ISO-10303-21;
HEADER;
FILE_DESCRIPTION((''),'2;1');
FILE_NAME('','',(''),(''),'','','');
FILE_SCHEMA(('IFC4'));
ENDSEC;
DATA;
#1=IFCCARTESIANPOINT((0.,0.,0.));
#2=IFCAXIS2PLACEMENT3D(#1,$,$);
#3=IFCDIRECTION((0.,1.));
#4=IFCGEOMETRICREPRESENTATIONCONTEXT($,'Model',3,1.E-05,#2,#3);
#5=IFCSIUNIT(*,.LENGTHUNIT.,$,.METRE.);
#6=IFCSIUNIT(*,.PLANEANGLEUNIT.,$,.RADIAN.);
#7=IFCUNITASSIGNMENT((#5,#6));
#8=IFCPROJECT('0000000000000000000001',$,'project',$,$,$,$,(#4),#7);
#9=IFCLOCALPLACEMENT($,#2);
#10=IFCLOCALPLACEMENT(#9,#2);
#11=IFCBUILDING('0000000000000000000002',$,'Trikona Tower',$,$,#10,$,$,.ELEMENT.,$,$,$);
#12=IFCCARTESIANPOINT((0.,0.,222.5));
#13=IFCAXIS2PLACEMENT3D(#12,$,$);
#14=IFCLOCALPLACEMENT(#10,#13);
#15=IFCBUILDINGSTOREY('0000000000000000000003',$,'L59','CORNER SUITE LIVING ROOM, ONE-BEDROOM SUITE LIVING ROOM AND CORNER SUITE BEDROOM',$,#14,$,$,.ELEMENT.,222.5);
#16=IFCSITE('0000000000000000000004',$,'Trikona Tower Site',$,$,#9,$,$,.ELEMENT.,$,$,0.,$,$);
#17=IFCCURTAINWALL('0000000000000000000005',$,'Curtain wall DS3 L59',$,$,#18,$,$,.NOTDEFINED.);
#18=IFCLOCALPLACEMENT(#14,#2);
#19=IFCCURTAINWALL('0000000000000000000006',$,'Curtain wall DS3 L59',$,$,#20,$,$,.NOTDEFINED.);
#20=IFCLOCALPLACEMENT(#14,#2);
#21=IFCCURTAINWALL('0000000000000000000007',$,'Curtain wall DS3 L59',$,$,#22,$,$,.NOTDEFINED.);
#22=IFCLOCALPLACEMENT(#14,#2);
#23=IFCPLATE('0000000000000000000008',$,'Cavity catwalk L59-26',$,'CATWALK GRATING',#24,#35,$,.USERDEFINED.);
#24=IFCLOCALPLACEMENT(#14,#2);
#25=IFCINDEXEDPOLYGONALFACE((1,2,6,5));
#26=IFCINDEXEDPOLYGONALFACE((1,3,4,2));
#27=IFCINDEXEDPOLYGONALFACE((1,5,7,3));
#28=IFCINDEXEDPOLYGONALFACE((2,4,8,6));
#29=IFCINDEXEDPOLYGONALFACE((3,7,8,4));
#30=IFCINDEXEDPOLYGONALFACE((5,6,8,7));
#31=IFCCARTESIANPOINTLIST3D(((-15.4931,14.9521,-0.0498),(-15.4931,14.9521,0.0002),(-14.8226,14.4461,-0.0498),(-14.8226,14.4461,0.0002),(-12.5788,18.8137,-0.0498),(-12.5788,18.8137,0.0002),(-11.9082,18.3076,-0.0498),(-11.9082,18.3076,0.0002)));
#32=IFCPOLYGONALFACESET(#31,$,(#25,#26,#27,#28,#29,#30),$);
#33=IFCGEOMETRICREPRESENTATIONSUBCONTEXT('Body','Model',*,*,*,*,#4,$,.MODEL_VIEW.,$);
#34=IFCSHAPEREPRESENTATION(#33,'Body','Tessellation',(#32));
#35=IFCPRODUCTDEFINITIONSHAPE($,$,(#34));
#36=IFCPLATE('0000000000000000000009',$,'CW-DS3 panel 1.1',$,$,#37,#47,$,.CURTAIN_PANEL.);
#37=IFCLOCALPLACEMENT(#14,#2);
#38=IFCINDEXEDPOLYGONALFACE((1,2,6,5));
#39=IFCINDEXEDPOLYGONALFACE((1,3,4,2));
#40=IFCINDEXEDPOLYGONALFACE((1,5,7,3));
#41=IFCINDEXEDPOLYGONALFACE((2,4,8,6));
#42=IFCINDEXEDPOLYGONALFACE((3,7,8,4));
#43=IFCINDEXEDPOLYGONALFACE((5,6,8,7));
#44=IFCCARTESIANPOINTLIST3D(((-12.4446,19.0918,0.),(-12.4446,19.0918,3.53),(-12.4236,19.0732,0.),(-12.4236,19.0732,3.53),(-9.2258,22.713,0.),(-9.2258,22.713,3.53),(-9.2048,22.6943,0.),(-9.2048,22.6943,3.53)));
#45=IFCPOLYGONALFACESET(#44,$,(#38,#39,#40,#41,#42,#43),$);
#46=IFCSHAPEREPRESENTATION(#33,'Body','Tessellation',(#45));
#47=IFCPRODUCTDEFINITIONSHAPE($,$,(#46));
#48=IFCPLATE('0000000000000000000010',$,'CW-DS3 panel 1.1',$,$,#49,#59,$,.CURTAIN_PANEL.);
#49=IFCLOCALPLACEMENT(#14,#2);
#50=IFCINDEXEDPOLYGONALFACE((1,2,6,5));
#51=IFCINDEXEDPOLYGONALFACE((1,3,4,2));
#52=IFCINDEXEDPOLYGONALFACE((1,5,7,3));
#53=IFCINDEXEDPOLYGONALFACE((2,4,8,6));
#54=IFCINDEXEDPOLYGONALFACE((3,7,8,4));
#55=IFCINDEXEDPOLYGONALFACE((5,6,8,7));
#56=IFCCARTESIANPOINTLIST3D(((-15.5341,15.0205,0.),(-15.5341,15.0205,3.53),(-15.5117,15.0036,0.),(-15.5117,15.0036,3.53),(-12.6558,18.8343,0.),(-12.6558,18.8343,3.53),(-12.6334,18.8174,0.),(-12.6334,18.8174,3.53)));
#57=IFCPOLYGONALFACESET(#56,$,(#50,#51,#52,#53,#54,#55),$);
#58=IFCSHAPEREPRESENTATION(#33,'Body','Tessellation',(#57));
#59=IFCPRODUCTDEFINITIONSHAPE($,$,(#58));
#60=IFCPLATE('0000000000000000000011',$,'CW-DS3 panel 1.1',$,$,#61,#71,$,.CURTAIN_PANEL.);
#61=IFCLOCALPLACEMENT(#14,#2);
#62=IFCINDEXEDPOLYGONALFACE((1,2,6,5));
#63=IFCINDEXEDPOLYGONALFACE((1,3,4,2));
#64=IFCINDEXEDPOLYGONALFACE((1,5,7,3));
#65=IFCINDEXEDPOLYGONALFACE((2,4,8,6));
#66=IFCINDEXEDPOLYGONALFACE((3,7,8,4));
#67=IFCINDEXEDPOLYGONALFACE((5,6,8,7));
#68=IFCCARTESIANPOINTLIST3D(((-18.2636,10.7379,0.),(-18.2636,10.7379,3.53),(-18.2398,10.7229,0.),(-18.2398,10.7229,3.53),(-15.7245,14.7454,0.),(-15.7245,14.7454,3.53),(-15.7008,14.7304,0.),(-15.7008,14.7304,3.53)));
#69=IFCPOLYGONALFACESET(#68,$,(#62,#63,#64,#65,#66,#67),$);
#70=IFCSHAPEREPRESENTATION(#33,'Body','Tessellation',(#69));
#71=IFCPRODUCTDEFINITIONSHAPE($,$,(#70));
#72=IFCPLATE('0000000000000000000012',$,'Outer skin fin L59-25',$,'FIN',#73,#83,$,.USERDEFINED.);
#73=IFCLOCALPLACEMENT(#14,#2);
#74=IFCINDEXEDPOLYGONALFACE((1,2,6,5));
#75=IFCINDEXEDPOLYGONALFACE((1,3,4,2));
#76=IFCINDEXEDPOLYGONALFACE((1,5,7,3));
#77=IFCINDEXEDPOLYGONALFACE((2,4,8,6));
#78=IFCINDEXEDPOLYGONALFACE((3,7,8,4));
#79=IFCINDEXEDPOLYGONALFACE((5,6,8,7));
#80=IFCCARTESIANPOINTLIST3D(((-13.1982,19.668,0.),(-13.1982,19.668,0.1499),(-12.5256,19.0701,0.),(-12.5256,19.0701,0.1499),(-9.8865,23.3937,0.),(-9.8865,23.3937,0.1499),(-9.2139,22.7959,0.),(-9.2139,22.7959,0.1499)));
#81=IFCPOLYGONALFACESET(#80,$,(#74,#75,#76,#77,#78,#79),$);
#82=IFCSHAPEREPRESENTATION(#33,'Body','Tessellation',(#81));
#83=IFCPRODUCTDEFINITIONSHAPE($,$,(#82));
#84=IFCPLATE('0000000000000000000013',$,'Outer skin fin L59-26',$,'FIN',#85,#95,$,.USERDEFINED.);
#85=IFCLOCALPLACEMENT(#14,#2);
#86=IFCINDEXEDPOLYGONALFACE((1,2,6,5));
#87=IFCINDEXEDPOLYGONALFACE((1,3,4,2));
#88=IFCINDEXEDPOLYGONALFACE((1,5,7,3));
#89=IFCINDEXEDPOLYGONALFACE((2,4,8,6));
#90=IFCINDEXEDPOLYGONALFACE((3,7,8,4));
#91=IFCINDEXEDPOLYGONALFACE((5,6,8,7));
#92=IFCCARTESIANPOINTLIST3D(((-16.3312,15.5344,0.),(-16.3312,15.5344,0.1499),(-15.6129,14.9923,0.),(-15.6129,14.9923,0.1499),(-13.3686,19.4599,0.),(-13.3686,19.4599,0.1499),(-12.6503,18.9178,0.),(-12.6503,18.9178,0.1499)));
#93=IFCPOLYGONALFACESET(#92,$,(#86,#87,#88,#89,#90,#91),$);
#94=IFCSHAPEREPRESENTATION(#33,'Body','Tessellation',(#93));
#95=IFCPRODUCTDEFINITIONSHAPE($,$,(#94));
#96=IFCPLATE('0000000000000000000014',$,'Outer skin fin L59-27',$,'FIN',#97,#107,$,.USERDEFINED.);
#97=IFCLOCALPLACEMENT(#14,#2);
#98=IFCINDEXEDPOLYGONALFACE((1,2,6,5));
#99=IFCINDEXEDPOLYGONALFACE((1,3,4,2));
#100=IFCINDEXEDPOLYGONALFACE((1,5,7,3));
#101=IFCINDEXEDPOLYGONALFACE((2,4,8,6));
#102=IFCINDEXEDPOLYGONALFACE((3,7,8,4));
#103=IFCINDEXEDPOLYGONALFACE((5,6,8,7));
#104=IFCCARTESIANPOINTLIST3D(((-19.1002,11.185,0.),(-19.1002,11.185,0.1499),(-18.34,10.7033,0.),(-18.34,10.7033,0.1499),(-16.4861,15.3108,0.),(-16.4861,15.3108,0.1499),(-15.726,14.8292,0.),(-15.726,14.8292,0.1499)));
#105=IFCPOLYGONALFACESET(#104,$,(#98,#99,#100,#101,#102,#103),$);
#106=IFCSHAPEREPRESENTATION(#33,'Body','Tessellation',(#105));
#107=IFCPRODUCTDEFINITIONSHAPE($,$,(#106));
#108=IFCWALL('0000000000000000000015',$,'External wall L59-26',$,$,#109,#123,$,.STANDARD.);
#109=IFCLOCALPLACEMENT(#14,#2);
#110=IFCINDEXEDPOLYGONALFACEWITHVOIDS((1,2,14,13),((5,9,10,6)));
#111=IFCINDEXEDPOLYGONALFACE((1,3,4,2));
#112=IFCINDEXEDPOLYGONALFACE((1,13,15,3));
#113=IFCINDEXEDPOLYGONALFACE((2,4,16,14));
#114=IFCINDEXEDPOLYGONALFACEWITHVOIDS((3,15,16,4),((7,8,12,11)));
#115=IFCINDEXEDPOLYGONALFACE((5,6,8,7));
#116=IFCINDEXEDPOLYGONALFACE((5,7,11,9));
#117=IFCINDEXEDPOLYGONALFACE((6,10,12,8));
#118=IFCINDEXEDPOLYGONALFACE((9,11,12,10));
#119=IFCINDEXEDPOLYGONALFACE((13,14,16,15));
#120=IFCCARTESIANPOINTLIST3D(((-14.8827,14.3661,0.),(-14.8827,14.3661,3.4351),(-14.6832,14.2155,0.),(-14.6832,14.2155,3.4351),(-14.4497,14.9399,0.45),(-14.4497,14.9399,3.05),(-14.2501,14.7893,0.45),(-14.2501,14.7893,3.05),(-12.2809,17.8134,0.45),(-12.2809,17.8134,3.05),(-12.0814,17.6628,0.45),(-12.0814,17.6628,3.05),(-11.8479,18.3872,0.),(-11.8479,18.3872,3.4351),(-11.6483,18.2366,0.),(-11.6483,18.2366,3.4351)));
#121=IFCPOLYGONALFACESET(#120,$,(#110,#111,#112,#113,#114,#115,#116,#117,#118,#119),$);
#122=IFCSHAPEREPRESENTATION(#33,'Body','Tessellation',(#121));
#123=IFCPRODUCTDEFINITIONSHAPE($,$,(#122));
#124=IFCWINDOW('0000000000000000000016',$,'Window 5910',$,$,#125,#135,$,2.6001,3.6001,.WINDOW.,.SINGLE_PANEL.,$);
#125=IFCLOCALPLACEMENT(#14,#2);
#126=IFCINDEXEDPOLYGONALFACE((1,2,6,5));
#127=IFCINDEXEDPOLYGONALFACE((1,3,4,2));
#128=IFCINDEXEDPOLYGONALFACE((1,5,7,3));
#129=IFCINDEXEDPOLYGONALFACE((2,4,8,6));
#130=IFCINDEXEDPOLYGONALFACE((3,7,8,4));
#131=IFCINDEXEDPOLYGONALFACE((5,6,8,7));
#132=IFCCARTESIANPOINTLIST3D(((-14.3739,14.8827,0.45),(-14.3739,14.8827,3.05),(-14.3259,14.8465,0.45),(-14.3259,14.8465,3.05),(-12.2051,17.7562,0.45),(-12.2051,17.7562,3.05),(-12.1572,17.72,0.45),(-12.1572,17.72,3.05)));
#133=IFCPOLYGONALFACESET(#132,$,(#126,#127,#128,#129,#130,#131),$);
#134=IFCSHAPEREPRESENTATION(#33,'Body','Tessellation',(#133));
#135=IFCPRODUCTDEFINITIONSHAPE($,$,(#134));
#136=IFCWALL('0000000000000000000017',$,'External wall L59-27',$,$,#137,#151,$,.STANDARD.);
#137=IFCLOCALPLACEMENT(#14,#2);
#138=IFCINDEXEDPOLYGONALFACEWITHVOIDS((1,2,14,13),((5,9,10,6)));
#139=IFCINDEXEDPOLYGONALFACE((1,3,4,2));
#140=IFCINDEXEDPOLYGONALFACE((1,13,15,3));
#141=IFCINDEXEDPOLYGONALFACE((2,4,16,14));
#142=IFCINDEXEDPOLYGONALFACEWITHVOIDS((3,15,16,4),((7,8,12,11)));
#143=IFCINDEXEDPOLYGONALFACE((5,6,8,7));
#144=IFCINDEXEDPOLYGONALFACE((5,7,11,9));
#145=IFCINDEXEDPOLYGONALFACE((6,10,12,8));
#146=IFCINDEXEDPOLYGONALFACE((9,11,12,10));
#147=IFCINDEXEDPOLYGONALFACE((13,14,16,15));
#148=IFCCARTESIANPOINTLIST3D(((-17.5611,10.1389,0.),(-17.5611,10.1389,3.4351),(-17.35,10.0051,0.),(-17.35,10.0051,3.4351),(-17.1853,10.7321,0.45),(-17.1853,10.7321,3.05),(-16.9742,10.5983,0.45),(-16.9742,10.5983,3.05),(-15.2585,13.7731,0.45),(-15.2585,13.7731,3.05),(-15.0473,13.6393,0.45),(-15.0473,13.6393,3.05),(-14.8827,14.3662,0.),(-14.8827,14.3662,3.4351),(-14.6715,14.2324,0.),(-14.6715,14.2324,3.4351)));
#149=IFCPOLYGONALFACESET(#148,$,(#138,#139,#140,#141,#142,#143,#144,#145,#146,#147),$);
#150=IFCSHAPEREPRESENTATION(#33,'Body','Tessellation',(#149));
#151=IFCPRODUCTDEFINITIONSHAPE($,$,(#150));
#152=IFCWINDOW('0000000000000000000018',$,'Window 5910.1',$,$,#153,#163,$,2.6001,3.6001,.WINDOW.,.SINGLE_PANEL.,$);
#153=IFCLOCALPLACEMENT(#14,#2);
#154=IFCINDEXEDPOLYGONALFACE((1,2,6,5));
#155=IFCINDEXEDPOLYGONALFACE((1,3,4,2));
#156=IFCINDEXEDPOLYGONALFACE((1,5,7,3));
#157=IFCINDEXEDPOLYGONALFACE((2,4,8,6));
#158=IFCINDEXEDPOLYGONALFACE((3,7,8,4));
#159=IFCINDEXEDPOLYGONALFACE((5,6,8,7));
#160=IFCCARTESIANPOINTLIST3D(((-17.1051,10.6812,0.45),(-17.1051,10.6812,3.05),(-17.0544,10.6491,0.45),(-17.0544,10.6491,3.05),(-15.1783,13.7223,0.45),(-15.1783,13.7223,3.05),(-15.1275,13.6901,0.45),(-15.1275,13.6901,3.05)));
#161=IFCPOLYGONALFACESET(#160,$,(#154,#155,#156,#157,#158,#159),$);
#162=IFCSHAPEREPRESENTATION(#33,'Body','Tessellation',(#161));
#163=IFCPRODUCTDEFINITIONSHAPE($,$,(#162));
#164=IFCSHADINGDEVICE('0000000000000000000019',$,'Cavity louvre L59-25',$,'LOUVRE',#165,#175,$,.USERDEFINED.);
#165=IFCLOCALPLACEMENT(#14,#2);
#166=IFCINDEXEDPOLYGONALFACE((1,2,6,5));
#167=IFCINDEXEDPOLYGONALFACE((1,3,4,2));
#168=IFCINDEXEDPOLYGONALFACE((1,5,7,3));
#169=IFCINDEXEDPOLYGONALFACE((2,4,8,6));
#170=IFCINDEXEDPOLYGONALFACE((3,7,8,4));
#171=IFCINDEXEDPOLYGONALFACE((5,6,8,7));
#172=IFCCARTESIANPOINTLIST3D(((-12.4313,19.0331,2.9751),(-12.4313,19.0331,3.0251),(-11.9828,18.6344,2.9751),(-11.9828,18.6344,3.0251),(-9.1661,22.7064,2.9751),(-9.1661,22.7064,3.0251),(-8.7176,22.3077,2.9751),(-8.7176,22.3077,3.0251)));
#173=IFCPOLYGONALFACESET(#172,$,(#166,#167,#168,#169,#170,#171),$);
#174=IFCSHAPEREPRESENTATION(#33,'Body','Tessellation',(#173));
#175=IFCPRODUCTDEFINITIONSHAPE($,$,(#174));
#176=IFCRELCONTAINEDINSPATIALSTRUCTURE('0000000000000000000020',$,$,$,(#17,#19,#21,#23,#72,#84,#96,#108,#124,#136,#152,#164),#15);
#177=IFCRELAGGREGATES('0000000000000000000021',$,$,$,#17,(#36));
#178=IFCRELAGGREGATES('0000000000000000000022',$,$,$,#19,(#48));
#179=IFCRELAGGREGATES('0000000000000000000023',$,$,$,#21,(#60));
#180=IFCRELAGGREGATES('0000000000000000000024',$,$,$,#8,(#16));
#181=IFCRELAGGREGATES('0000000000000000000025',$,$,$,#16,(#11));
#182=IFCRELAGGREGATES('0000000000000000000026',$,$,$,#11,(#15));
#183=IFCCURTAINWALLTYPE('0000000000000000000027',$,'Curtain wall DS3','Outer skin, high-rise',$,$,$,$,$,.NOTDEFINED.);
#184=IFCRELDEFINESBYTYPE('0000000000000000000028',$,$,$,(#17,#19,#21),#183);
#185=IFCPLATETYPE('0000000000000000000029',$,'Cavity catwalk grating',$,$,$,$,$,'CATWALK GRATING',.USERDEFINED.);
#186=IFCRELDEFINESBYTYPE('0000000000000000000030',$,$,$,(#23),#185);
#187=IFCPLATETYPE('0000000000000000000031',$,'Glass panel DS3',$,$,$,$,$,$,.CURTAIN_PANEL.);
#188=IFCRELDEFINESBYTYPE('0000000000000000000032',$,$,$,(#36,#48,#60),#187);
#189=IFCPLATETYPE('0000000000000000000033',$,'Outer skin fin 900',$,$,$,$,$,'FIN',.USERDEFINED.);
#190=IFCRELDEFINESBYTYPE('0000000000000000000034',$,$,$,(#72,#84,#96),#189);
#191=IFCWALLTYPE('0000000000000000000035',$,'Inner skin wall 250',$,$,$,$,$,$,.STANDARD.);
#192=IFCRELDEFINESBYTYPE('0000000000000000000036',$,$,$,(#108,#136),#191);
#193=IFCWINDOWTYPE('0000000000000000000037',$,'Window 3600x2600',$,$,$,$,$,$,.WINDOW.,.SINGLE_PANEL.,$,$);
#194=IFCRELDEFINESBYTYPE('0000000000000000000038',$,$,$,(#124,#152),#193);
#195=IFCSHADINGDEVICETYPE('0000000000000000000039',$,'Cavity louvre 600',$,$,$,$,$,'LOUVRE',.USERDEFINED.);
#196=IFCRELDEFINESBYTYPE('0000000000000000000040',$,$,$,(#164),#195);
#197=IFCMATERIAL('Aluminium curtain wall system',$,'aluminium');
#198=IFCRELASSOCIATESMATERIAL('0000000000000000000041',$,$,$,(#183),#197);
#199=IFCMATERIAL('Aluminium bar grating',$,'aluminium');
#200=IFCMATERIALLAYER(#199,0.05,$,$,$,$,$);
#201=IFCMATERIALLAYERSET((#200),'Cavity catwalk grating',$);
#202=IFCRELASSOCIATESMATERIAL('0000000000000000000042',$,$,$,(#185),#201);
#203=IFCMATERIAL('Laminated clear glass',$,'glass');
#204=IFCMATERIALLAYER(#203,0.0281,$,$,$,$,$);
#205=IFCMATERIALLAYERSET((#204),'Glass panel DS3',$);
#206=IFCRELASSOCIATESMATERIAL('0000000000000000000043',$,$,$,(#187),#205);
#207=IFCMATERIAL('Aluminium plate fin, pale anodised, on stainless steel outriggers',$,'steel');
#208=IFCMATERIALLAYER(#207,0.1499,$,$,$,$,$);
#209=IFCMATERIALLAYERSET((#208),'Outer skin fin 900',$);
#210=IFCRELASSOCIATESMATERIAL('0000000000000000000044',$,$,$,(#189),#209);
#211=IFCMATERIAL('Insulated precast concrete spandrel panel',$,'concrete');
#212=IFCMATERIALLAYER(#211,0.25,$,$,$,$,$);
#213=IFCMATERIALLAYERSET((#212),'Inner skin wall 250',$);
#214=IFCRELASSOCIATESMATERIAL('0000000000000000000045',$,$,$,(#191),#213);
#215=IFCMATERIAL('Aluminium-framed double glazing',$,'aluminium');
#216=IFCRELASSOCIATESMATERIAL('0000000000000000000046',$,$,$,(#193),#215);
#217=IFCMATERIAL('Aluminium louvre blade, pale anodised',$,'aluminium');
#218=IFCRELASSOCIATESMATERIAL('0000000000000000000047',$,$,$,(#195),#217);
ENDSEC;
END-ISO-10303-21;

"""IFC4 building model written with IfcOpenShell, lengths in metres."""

from ifc_helpers import new_model, si_unit, direction, frame, frame_2d, origin, origin_2d, place, context, subcontext, project, spatial, rectangle, extrude, material, layer, layer_set, type_object, element, fill, aggregate, save


model = new_model("IFC4")

# Units and contexts
model_context = context("Model", 3, precision=1e-05, world=origin(), true_north=direction((0.0, 1.0)))
body_context = subcontext(model_context, "Body", "Model", "MODEL_VIEW")
ifc_project = project(units=[si_unit("LENGTHUNIT", "METRE"), si_unit("PLANEANGLEUNIT", "RADIAN")], contexts=[model_context])

# Site, building, storey
site_placement = place(None, origin())
site = spatial("IfcSite", under=ifc_project, at=site_placement, Name="Trikona Tower Site", CompositionType="ELEMENT", RefElevation=0.0)
building_placement = place(site_placement, origin())
building = spatial("IfcBuilding", under=site, at=building_placement, Name="Trikona Tower", CompositionType="ELEMENT")
storey_placement = place(building_placement, frame((0.0, 0.0, 222.5)))
storey = spatial("IfcBuildingStorey", under=building, at=storey_placement, Name="L59", Description="CORNER SUITE LIVING ROOM, ONE-BEDROOM SUITE LIVING ROOM AND CORNER SUITE BEDROOM", CompositionType="ELEMENT", Elevation=222.5)

# Shared definitions
ifc_material_1 = material(Name="Aluminium curtain wall system", Category="aluminium")
curtain_wall_type = type_object("IfcCurtainWallType", Name="Curtain wall DS3", Description="Outer skin, high-rise", PredefinedType="NOTDEFINED", material=ifc_material_1)

# Curtain walls
curtain_wall_1_placement = place(storey_placement, origin())
curtain_wall_1 = element("IfcCurtainWall", 1, at=curtain_wall_1_placement, inside=storey, type_object=curtain_wall_type, Name="Curtain wall DS3 L59", PredefinedType="NOTDEFINED")
curtain_wall_2_placement = place(storey_placement, origin())
curtain_wall_2 = element("IfcCurtainWall", 2, at=curtain_wall_2_placement, inside=storey, type_object=curtain_wall_type, Name="Curtain wall DS3 L59", PredefinedType="NOTDEFINED")

# Curtain wall
curtain_wall_3_placement = place(storey_placement, origin())
curtain_wall_3 = element("IfcCurtainWall", 3, at=curtain_wall_3_placement, inside=storey, type_object=curtain_wall_type, Name="Curtain wall DS3 L59", PredefinedType="NOTDEFINED")

# Plate
ifc_material_2 = material(Name="Aluminium bar grating", Category="aluminium")
ifc_layer_1 = layer(ifc_material_2, 0.05)
ifc_layer_set_1 = layer_set([ifc_layer_1], Name="Cavity catwalk grating")
plate_type_1 = type_object("IfcPlateType", Name="Cavity catwalk grating", ElementType="CATWALK GRATING", PredefinedType="USERDEFINED", material=ifc_layer_set_1)
plate_1_placement = place(storey_placement, frame((-13.7007, 16.6299, -0.0498), z_axis=(0.0, 0.0, 1.0), x_axis=(-0.602402, -0.798193, 0.0)))
element("IfcPlate", 4, at=plate_1_placement, inside=storey, type_object=plate_type_1, Name="Cavity catwalk L59-26", ObjectType="CATWALK GRATING", PredefinedType="USERDEFINED", context=body_context, shape_type="SweptSolid", body=[
    extrude(rectangle(XDim=4.8379, YDim=0.8401, at=origin_2d()), origin(), (0.0, 0.0, 1.0), 0.05),
])

# Plates
ifc_material_3 = material(Name="Laminated clear glass", Category="glass")
ifc_layer_2 = layer(ifc_material_3, 0.0281)
ifc_layer_set_2 = layer_set([ifc_layer_2], Name="Glass panel DS3")
plate_type_2 = type_object("IfcPlateType", Name="Glass panel DS3", PredefinedType="CURTAIN_PANEL", material=ifc_layer_set_2)
plate_2_placement = place(storey_placement, frame((-10.8247, 20.8931, 0.0), z_axis=(0.0, 0.0, 1.0), x_axis=(-0.664371, -0.747403, 0.0)))
plate_2 = element("IfcPlate", 5, at=plate_2_placement, type_object=plate_type_2, Name="CW-DS3 panel 1.1", PredefinedType="CURTAIN_PANEL", context=body_context, shape_type="SweptSolid", body=[
    extrude(rectangle(XDim=4.845, YDim=0.0281, at=origin_2d()), origin(), (0.0, 0.0, 1.0), 3.53),
])
aggregate(curtain_wall_1, [plate_2])
plate_3_placement = place(storey_placement, frame((-14.0837, 16.9189, 0.0), z_axis=(0.0, 0.0, 1.0), x_axis=(-0.602402, -0.798193, 0.0)))
plate_3 = element("IfcPlate", 6, at=plate_3_placement, type_object=plate_type_2, Name="CW-DS3 panel 1.1", PredefinedType="CURTAIN_PANEL", context=body_context, shape_type="SweptSolid", body=[
    extrude(rectangle(XDim=4.7781, YDim=0.0281, at=origin_2d()), origin(), (0.0, 0.0, 1.0), 3.53),
])
aggregate(curtain_wall_2, [plate_3])
plate_4_placement = place(storey_placement, frame((-16.9822, 12.7341, 0.0), z_axis=(0.0, 0.0, 1.0), x_axis=(-0.535197, -0.844727, 0.0)))
plate_4 = element("IfcPlate", 7, at=plate_4_placement, type_object=plate_type_2, Name="CW-DS3 panel 1.1", PredefinedType="CURTAIN_PANEL", context=body_context, shape_type="SweptSolid", body=[
    extrude(rectangle(XDim=4.7441, YDim=0.0281, at=origin_2d()), origin(), (0.0, 0.0, 1.0), 3.53),
])
aggregate(curtain_wall_3, [plate_4])

# Plates
ifc_material_4 = material(Name="Aluminium plate fin, pale anodised, on stainless steel outriggers", Category="steel")
ifc_layer_3 = layer(ifc_material_4, 0.1499)
ifc_layer_set_3 = layer_set([ifc_layer_3], Name="Outer skin fin 900")
plate_type_3 = type_object("IfcPlateType", Name="Outer skin fin 900", ElementType="FIN", PredefinedType="USERDEFINED", material=ifc_layer_set_3)
plate_5_placement = place(storey_placement, frame((-11.2061, 21.2319, 0.0), z_axis=(0.0, 0.0, 1.0), x_axis=(-0.664367, -0.747406, 0.0)))
element("IfcPlate", 8, at=plate_5_placement, inside=storey, type_object=plate_type_3, Name="Outer skin fin L59-25", ObjectType="FIN", PredefinedType="USERDEFINED", context=body_context, shape_type="SweptSolid", body=[
    extrude(rectangle(XDim=4.9849, YDim=0.8999, at=origin_2d()), origin(), (0.0, 0.0, 1.0), 0.1499),
])
plate_6_placement = place(storey_placement, frame((-14.4907, 17.2261, 0.0), z_axis=(0.0, 0.0, 1.0), x_axis=(-0.602402, -0.798193, 0.0)))
element("IfcPlate", 9, at=plate_6_placement, inside=storey, type_object=plate_type_3, Name="Outer skin fin L59-26", ObjectType="FIN", PredefinedType="USERDEFINED", context=body_context, shape_type="SweptSolid", body=[
    extrude(rectangle(XDim=4.918, YDim=0.8999, at=origin_2d()), origin(), (0.0, 0.0, 1.0), 0.1499),
])
plate_7_placement = place(storey_placement, frame((-17.4131, 13.0071, 0.0), z_axis=(0.0, 0.0, 1.0), x_axis=(-0.535205, -0.844722, 0.0)))
element("IfcPlate", 10, at=plate_7_placement, inside=storey, type_object=plate_type_3, Name="Outer skin fin L59-27", ObjectType="FIN", PredefinedType="USERDEFINED", context=body_context, shape_type="SweptSolid", body=[
    extrude(rectangle(XDim=4.8843, YDim=0.8999, at=origin_2d()), origin(), (0.0, 0.0, 1.0), 0.1499),
])

# Walls, openings, windows
ifc_material_5 = material(Name="Insulated precast concrete spandrel panel", Category="concrete")
ifc_layer_4 = layer(ifc_material_5, 0.25)
ifc_layer_set_4 = layer_set([ifc_layer_4], Name="Inner skin wall 250")
wall_type = type_object("IfcWallType", Name="Inner skin wall 250", PredefinedType="STANDARD", material=ifc_layer_set_4)
wall_1_placement = place(storey_placement, frame((-11.748, 18.312, 0.0), z_axis=(0.0, 0.0, 1.0), x_axis=(-0.602409, -0.798188, 0.0)))
wall_1 = element("IfcWall", 11, at=wall_1_placement, inside=storey, type_object=wall_type, Name="External wall L59-26", PredefinedType="STANDARD", context=body_context, shape_type="SweptSolid", body=[
    extrude(rectangle(XDim=5.0378, YDim=0.25, at=frame_2d((2.519, 0.0))), origin(), (0.0, 0.0, 1.0), 3.4351),
])
opening_1_placement = place(wall_1_placement, frame((0.719, 0.0, 0.45)))
opening_1 = element("IfcOpeningElement", 12, at=opening_1_placement, cuts=wall_1, PredefinedType="OPENING", context=body_context, shape_type="SweptSolid", body=[
    extrude(rectangle(XDim=3.6001, YDim=2.6001, at=frame_2d((1.8, 1.3))), frame((0.0, 0.135, 0.0), z_axis=(0.0, -1.0, 0.0), x_axis=(1.0, 0.0, 0.0)), (0.0, 0.0, 1.0), 0.27),
])
ifc_material_6 = material(Name="Aluminium-framed double glazing", Category="aluminium")
window_type = type_object("IfcWindowType", Name="Window 3600x2600", PartitioningType="SINGLE_PANEL", PredefinedType="WINDOW", material=ifc_material_6)
window_1_placement = place(opening_1_placement, origin())
window_1 = element("IfcWindow", 13, at=window_1_placement, inside=storey, type_object=window_type, Name="Window 5910", OverallHeight=2.6001, OverallWidth=3.6001, PartitioningType="SINGLE_PANEL", PredefinedType="WINDOW", context=body_context, shape_type="SweptSolid", body=[
    extrude(rectangle(XDim=3.6001, YDim=2.6001, at=frame_2d((1.8, 1.3))), frame((0.0, 0.03, 0.0), z_axis=(0.0, -1.0, 0.0), x_axis=(1.0, 0.0, 0.0)), (0.0, 0.0, 1.0), 0.0601),
])
fill(opening_1, window_1)
wall_2_placement = place(storey_placement, frame((-14.7771, 14.2993, 0.0), z_axis=(0.0, 0.0, 1.0), x_axis=(-0.53522, -0.844712, 0.0)))
wall_2 = element("IfcWall", 14, at=wall_2_placement, inside=storey, type_object=wall_type, Name="External wall L59-27", PredefinedType="STANDARD", context=body_context, shape_type="SweptSolid", body=[
    extrude(rectangle(XDim=5.0044, YDim=0.25, at=frame_2d((2.5022, 0.0))), origin(), (0.0, 0.0, 1.0), 3.4351),
])
opening_2_placement = place(wall_2_placement, frame((0.7021, 0.0, 0.45)))
opening_2 = element("IfcOpeningElement", 15, at=opening_2_placement, cuts=wall_2, PredefinedType="OPENING", context=body_context, shape_type="SweptSolid", body=[
    extrude(rectangle(XDim=3.6001, YDim=2.6001, at=frame_2d((1.8, 1.3))), frame((0.0, 0.135, 0.0), z_axis=(0.0, -1.0, 0.0), x_axis=(1.0, 0.0, 0.0)), (0.0, 0.0, 1.0), 0.27),
])
window_2_placement = place(opening_2_placement, origin())
window_2 = element("IfcWindow", 16, at=window_2_placement, inside=storey, type_object=window_type, Name="Window 5910.1", OverallHeight=2.6001, OverallWidth=3.6001, PartitioningType="SINGLE_PANEL", PredefinedType="WINDOW", context=body_context, shape_type="SweptSolid", body=[
    extrude(rectangle(XDim=3.6001, YDim=2.6001, at=frame_2d((1.8, 1.3))), frame((0.0, 0.03, 0.0), z_axis=(0.0, -1.0, 0.0), x_axis=(1.0, 0.0, 0.0)), (0.0, 0.0, 1.0), 0.0601),
])
fill(opening_2, window_2)

# Shading device
ifc_material_7 = material(Name="Aluminium louvre blade, pale anodised", Category="aluminium")
shading_device_type = type_object("IfcShadingDeviceType", Name="Cavity louvre 600", ElementType="LOUVRE", PredefinedType="USERDEFINED", material=ifc_material_7)
shading_device_1_placement = place(storey_placement, frame((-10.5745, 20.6704, 2.9751), z_axis=(0.0, 0.0, 1.0), x_axis=(-0.664367, -0.747406, 0.0)))
element("IfcShadingDevice", 17, at=shading_device_1_placement, inside=storey, type_object=shading_device_type, Name="Cavity louvre L59-25", ObjectType="LOUVRE", PredefinedType="USERDEFINED", context=body_context, shape_type="SweptSolid", body=[
    extrude(rectangle(XDim=4.9148, YDim=0.6001, at=origin_2d()), origin(), (0.0, 0.0, 1.0), 0.05),
])

save(model, "model.ifc")
